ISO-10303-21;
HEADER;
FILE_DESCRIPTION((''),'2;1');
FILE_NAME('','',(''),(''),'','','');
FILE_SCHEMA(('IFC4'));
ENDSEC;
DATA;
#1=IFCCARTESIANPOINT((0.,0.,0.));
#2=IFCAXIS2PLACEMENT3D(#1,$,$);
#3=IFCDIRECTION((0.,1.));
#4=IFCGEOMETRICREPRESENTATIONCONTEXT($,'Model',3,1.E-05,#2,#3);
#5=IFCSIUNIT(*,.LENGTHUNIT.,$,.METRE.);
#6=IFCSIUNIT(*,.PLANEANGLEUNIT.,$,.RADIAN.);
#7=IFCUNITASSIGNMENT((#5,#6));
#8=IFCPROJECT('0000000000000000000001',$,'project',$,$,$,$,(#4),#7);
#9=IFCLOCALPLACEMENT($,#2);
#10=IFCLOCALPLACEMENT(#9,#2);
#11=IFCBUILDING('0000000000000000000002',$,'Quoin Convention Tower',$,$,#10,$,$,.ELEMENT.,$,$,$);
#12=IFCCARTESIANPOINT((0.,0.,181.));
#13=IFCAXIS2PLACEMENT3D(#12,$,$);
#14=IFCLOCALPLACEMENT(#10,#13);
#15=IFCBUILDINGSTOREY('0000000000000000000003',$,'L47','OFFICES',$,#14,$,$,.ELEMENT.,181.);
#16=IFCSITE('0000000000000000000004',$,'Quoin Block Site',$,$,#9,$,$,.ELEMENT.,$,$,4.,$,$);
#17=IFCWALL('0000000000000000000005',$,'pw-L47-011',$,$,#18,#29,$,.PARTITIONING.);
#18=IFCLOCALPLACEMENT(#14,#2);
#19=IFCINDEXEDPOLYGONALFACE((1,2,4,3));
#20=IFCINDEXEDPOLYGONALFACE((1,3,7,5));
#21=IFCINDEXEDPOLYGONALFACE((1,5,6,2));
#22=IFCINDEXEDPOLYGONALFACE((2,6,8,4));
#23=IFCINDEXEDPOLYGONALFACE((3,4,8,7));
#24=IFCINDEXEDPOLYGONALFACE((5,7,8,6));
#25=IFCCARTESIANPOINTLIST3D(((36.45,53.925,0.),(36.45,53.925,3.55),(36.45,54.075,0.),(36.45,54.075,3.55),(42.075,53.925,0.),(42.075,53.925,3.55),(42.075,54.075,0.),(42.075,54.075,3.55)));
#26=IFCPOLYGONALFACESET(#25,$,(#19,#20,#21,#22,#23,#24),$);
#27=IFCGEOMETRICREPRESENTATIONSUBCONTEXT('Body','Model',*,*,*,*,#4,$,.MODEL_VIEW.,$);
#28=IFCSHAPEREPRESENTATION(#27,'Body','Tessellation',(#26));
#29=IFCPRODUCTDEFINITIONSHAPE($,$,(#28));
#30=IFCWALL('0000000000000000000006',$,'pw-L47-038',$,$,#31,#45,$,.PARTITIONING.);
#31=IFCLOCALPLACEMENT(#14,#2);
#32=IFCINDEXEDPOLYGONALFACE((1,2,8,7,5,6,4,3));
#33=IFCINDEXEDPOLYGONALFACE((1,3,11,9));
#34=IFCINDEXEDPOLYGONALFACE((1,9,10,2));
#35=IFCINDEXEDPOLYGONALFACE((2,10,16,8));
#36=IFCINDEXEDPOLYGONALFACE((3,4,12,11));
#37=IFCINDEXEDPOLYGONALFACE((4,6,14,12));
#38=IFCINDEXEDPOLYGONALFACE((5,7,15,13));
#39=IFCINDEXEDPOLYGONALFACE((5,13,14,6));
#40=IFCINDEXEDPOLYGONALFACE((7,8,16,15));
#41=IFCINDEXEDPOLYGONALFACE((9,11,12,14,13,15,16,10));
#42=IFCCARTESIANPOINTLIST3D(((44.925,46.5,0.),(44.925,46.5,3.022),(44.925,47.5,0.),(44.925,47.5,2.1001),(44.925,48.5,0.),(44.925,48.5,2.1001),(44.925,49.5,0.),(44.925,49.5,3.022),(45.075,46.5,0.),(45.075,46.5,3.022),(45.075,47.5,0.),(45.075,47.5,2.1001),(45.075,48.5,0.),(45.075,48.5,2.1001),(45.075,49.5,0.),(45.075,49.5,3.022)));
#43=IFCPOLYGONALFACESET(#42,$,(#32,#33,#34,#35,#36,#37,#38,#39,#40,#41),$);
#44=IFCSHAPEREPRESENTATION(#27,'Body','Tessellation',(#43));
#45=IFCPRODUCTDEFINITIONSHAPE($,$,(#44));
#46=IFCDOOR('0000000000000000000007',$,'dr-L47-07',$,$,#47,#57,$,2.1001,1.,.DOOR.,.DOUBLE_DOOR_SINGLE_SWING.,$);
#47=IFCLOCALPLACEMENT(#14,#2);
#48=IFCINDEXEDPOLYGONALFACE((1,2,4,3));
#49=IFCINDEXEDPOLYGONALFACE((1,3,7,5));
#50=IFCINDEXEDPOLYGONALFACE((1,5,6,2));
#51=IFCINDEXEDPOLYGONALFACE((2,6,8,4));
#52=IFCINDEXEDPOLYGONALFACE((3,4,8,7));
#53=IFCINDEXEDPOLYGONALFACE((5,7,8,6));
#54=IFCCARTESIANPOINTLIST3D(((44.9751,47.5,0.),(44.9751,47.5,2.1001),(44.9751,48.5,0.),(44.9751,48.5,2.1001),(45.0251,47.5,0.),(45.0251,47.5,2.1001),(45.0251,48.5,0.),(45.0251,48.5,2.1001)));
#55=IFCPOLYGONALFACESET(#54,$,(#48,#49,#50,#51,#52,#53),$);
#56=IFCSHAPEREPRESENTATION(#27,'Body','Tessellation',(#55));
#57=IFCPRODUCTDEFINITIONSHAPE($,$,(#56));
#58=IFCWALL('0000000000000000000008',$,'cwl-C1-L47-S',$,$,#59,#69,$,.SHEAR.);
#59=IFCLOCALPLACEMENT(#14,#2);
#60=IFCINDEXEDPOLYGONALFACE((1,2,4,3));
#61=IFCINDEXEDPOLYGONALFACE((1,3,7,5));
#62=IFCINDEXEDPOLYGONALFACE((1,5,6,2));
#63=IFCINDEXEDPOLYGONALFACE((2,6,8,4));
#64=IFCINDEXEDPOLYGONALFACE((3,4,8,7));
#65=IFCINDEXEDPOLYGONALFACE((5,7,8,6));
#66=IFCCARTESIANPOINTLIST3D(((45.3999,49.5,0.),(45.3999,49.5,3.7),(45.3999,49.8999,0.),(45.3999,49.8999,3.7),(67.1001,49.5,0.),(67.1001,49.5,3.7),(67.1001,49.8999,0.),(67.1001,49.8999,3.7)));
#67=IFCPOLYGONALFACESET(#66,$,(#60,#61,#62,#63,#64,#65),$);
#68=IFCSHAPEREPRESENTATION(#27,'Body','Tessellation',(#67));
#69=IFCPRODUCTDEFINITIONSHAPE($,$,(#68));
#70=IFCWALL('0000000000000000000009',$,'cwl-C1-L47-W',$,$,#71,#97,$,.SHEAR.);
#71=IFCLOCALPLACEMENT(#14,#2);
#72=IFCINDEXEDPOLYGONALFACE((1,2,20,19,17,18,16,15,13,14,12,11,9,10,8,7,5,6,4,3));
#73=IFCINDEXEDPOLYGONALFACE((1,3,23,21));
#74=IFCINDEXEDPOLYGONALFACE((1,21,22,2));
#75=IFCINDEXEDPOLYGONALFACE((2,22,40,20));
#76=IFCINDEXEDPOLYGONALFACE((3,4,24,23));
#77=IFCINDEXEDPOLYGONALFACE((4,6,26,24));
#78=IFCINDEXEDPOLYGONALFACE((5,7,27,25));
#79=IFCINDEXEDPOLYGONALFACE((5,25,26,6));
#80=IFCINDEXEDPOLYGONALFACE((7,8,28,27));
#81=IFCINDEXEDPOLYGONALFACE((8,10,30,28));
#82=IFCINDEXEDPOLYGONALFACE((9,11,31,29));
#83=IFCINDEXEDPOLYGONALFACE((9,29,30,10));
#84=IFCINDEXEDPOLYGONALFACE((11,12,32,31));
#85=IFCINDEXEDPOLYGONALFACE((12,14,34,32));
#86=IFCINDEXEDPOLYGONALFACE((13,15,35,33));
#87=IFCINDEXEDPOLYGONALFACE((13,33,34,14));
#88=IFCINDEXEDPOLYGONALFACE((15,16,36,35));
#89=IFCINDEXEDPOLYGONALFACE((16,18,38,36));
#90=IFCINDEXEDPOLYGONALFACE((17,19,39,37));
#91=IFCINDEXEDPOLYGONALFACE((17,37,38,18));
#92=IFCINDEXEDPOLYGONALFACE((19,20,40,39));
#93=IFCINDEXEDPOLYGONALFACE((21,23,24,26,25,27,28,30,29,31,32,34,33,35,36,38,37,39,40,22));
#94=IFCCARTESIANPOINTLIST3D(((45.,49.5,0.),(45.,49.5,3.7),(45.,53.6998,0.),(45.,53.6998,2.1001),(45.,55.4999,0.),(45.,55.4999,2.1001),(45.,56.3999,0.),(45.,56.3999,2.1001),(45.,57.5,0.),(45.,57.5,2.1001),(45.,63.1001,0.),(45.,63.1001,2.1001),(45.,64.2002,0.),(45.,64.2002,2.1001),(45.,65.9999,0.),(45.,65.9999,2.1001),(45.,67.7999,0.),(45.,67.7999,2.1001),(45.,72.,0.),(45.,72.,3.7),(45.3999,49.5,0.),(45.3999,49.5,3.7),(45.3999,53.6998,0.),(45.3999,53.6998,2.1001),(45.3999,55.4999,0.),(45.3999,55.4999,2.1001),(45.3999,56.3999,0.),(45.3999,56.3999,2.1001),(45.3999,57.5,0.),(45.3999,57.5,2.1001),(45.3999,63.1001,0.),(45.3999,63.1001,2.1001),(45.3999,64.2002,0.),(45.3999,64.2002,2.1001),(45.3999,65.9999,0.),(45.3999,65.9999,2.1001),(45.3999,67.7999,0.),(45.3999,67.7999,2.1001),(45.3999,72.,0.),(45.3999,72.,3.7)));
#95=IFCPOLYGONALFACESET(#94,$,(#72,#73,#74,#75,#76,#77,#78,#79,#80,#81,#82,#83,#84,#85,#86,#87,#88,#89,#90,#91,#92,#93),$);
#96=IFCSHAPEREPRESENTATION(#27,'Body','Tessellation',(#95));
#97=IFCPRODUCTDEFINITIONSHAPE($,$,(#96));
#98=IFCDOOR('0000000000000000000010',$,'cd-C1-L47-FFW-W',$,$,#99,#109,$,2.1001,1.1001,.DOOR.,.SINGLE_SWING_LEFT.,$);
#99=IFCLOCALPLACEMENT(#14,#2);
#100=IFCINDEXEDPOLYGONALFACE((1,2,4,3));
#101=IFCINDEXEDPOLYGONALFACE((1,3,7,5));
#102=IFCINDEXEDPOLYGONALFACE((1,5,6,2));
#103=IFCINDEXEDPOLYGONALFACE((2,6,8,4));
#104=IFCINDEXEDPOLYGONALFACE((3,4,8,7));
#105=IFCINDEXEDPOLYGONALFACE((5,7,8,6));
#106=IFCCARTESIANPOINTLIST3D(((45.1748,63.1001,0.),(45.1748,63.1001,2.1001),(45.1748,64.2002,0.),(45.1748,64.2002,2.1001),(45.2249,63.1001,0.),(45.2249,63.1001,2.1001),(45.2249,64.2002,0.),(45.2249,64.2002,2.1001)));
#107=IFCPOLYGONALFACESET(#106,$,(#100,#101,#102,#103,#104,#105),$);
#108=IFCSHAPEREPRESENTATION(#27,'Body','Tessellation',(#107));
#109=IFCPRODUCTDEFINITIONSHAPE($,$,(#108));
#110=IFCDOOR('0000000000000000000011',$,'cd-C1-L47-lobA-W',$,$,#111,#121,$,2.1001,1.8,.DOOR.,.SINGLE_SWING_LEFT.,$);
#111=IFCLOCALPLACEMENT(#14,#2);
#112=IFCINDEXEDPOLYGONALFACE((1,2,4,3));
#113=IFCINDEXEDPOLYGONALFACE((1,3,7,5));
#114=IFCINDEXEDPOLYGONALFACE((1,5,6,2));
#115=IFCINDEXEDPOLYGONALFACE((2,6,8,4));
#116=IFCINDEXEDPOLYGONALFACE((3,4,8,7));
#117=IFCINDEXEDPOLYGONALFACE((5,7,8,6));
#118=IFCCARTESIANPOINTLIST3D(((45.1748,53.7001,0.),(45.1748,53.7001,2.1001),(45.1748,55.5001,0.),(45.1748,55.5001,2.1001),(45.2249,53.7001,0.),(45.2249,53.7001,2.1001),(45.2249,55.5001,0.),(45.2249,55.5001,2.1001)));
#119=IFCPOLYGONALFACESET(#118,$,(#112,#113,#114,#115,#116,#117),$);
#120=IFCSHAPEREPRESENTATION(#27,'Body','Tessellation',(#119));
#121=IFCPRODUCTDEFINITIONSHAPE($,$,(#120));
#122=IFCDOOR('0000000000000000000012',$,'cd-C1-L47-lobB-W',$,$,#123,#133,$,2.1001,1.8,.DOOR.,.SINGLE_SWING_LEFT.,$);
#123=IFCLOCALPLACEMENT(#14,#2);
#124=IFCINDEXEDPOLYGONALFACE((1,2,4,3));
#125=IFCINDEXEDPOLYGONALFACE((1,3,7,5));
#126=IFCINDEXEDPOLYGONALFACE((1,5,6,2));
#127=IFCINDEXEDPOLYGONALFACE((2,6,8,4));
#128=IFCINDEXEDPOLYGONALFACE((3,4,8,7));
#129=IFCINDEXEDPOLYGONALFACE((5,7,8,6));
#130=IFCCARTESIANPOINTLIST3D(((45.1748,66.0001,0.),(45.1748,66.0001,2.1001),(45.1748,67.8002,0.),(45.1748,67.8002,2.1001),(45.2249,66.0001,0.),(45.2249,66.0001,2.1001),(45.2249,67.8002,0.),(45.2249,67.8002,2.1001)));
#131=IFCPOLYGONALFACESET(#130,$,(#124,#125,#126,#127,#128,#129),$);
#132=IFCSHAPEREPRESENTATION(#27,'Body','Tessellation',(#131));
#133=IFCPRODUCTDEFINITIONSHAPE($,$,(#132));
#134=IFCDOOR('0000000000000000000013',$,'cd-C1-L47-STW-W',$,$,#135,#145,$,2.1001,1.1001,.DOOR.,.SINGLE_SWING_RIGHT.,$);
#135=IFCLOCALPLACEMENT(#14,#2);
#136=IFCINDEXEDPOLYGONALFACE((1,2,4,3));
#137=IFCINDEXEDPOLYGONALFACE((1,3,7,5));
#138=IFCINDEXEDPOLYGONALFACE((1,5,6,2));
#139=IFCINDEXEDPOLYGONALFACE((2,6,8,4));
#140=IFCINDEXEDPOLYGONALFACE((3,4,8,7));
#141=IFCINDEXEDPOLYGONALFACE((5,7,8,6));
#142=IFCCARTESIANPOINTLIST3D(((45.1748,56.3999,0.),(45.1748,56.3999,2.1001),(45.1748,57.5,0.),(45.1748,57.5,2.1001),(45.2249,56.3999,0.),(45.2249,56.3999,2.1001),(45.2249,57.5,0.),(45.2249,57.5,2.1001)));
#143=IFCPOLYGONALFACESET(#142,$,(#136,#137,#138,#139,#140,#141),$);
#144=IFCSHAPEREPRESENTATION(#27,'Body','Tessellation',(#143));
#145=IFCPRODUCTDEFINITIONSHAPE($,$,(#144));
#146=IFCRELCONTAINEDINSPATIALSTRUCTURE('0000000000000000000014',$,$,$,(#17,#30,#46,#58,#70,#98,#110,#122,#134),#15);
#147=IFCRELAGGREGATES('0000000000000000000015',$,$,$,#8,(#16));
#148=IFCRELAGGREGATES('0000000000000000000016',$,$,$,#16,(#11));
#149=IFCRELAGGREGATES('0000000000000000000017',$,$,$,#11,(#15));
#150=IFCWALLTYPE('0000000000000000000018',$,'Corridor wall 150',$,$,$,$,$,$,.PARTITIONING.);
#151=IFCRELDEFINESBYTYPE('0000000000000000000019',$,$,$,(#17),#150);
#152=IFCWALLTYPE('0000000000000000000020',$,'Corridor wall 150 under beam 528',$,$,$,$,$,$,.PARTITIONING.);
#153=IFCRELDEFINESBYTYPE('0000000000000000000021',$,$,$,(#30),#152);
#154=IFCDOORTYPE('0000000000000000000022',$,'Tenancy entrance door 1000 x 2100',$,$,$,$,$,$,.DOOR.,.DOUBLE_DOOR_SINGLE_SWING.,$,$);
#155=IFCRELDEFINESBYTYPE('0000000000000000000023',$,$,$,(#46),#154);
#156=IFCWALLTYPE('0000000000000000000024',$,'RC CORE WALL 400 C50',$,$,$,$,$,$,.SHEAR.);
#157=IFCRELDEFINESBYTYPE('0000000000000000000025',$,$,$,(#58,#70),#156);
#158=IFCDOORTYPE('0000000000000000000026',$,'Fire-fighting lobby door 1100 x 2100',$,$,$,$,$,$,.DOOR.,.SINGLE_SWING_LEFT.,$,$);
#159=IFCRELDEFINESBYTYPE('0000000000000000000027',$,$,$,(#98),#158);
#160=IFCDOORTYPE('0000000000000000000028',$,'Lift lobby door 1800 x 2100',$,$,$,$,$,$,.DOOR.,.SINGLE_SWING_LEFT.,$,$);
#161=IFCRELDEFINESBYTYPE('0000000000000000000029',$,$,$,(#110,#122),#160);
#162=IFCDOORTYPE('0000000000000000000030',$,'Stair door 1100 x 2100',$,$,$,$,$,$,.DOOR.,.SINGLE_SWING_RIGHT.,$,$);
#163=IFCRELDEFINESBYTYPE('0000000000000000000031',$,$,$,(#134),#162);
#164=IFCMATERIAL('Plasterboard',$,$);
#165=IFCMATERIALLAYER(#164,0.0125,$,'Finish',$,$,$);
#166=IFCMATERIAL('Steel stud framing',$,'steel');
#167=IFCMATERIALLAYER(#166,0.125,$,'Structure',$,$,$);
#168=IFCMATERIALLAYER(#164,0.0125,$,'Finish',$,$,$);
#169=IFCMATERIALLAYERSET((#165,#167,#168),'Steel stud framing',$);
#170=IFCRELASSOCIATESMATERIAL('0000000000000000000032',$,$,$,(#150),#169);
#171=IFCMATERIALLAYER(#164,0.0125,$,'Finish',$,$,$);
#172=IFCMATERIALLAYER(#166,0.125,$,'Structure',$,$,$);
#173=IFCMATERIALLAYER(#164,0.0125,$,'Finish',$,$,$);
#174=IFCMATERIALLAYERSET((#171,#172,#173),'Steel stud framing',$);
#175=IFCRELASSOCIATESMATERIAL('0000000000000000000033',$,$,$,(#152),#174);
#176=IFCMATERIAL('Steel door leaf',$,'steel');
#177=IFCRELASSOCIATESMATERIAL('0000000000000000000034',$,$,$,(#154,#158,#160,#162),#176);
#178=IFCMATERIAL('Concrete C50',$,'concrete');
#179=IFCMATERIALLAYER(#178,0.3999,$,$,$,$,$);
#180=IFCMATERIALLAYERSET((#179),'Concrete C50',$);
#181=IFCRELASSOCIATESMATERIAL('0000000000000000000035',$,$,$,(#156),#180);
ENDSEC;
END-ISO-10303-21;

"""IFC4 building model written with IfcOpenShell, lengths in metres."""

from ifc_helpers import new_model, si_unit, direction, frame, frame_2d, origin, place, context, subcontext, project, spatial, rectangle, extrude, material, layer, layer_set, type_object, element, fill, save


model = new_model("IFC4")

# Units and contexts
model_context = context("Model", 3, precision=1e-05, world=origin(), true_north=direction((0.0, 1.0)))
body_context = subcontext(model_context, "Body", "Model", "MODEL_VIEW")
ifc_project = project(units=[si_unit("LENGTHUNIT", "METRE"), si_unit("PLANEANGLEUNIT", "RADIAN")], contexts=[model_context])

# Site, building, storey
site_placement = place(None, origin())
site = spatial("IfcSite", under=ifc_project, at=site_placement, Name="Quoin Block Site", CompositionType="ELEMENT", RefElevation=4.0)
building_placement = place(site_placement, origin())
building = spatial("IfcBuilding", under=site, at=building_placement, Name="Quoin Convention Tower", CompositionType="ELEMENT")
storey_placement = place(building_placement, frame((0.0, 0.0, 181.0)))
storey = spatial("IfcBuildingStorey", under=building, at=storey_placement, Name="L47", Description="OFFICES", CompositionType="ELEMENT", Elevation=181.0)

# Shared definitions
ifc_material_1 = material(Name="Plasterboard")
ifc_material_2 = material(Name="Steel stud framing", Category="steel")
ifc_material_3 = material(Name="Steel door leaf", Category="steel")

# Wall
ifc_layer_1 = layer(ifc_material_1, 0.0125, Name="Finish")
ifc_layer_2 = layer(ifc_material_2, 0.125, Name="Structure")
ifc_layer_3 = layer(ifc_material_1, 0.0125, Name="Finish")
ifc_layer_set_1 = layer_set([ifc_layer_1, ifc_layer_2, ifc_layer_3], Name="Steel stud framing")
wall_type_1 = type_object("IfcWallType", Name="Corridor wall 150", PredefinedType="PARTITIONING", material=ifc_layer_set_1)
wall_1_placement = place(storey_placement, frame((36.45, 54.0, 0.0), z_axis=(0.0, 0.0, 1.0), x_axis=(1.0, 0.0, 0.0)))
element("IfcWall", 1, at=wall_1_placement, inside=storey, type_object=wall_type_1, Name="pw-L47-011", PredefinedType="PARTITIONING", context=body_context, shape_type="SweptSolid", body=[
    extrude(rectangle(XDim=5.625, YDim=0.1499, at=frame_2d((2.8125, 0.0))), origin(), (0.0, 0.0, 1.0), 3.55),
])

# Wall, opening, door
ifc_layer_4 = layer(ifc_material_1, 0.0125, Name="Finish")
ifc_layer_5 = layer(ifc_material_2, 0.125, Name="Structure")
ifc_layer_6 = layer(ifc_material_1, 0.0125, Name="Finish")
ifc_layer_set_2 = layer_set([ifc_layer_4, ifc_layer_5, ifc_layer_6], Name="Steel stud framing")
wall_type_2 = type_object("IfcWallType", Name="Corridor wall 150 under beam 528", PredefinedType="PARTITIONING", material=ifc_layer_set_2)
wall_2_placement = place(storey_placement, frame((45.0, 46.5, 0.0), z_axis=(0.0, 0.0, 1.0), x_axis=(0.0, 1.0, 0.0)))
wall_2 = element("IfcWall", 2, at=wall_2_placement, inside=storey, type_object=wall_type_2, Name="pw-L47-038", PredefinedType="PARTITIONING", context=body_context, shape_type="SweptSolid", body=[
    extrude(rectangle(XDim=3.0, YDim=0.1499, at=frame_2d((1.5, 0.0))), origin(), (0.0, 0.0, 1.0), 3.022),
])
opening_1_placement = place(wall_2_placement, frame((1.0, 0.0, 0.0)))
opening_1 = element("IfcOpeningElement", 3, at=opening_1_placement, cuts=wall_2, PredefinedType="OPENING", context=body_context, shape_type="SweptSolid", body=[
    extrude(rectangle(XDim=1.0, YDim=2.1001, at=frame_2d((0.5, 1.05))), frame((0.0, 0.085, 0.0), z_axis=(0.0, -1.0, 0.0), x_axis=(1.0, 0.0, 0.0)), (0.0, 0.0, 1.0), 0.1699),
])
door_type_1 = type_object("IfcDoorType", Name="Tenancy entrance door 1000 x 2100", OperationType="DOUBLE_DOOR_SINGLE_SWING", PredefinedType="DOOR", material=ifc_material_3)
door_1_placement = place(opening_1_placement, origin())
door_1 = element("IfcDoor", 4, at=door_1_placement, inside=storey, type_object=door_type_1, Name="dr-L47-07", OperationType="DOUBLE_DOOR_SINGLE_SWING", OverallHeight=2.1001, OverallWidth=1.0, PredefinedType="DOOR", context=body_context, shape_type="SweptSolid", body=[
    extrude(rectangle(XDim=1.0, YDim=2.1001, at=frame_2d((0.5, 1.05))), frame((0.0, 0.0249, 0.0), z_axis=(0.0, -1.0, 0.0), x_axis=(1.0, 0.0, 0.0)), (0.0, 0.0, 1.0), 0.05),
])
fill(opening_1, door_1)

# Wall
ifc_material_4 = material(Name="Concrete C50", Category="concrete")
ifc_layer_7 = layer(ifc_material_4, 0.3999)
ifc_layer_set_3 = layer_set([ifc_layer_7], Name="Concrete C50")
wall_type_3 = type_object("IfcWallType", Name="RC CORE WALL 400 C50", PredefinedType="SHEAR", material=ifc_layer_set_3)
wall_3_placement = place(storey_placement, frame((45.3999, 49.7, 0.0), z_axis=(0.0, 0.0, 1.0), x_axis=(1.0, 0.0, 0.0)))
element("IfcWall", 5, at=wall_3_placement, inside=storey, type_object=wall_type_3, Name="cwl-C1-L47-S", PredefinedType="SHEAR", context=body_context, shape_type="SweptSolid", body=[
    extrude(rectangle(XDim=21.7002, YDim=0.3999, at=frame_2d((10.8501, 0.0))), origin(), (0.0, 0.0, 1.0), 3.7),
])

# Wall, openings, doors
wall_4_placement = place(storey_placement, frame((45.2, 49.5, 0.0), z_axis=(0.0, 0.0, 1.0), x_axis=(0.0, 1.0, 0.0)))
wall_4 = element("IfcWall", 6, at=wall_4_placement, inside=storey, type_object=wall_type_3, Name="cwl-C1-L47-W", PredefinedType="SHEAR", context=body_context, shape_type="SweptSolid", body=[
    extrude(rectangle(XDim=22.5, YDim=0.3999, at=frame_2d((11.25, 0.0))), origin(), (0.0, 0.0, 1.0), 3.7),
])
opening_2_placement = place(wall_4_placement, frame((4.2, 0.0, 0.0)))
opening_2 = element("IfcOpeningElement", 7, at=opening_2_placement, cuts=wall_4, PredefinedType="OPENING", context=body_context, shape_type="SweptSolid", body=[
    extrude(rectangle(XDim=1.8, YDim=2.1001, at=frame_2d((0.8999, 1.05))), frame((0.0, 0.21, 0.0), z_axis=(0.0, -1.0, 0.0), x_axis=(1.0, 0.0, 0.0)), (0.0, 0.0, 1.0), 0.4199),
])
opening_3_placement = place(wall_4_placement, frame((6.8999, 0.0, 0.0)))
opening_3 = element("IfcOpeningElement", 8, at=opening_3_placement, cuts=wall_4, PredefinedType="OPENING", context=body_context, shape_type="SweptSolid", body=[
    extrude(rectangle(XDim=1.1001, YDim=2.1001, at=frame_2d((0.55, 1.05))), frame((0.0, 0.21, 0.0), z_axis=(0.0, -1.0, 0.0), x_axis=(1.0, 0.0, 0.0)), (0.0, 0.0, 1.0), 0.4199),
])
opening_4_placement = place(wall_4_placement, frame((13.6001, 0.0, 0.0)))
opening_4 = element("IfcOpeningElement", 9, at=opening_4_placement, cuts=wall_4, PredefinedType="OPENING", context=body_context, shape_type="SweptSolid", body=[
    extrude(rectangle(XDim=1.1001, YDim=2.1001, at=frame_2d((0.55, 1.05))), frame((0.0, 0.21, 0.0), z_axis=(0.0, -1.0, 0.0), x_axis=(1.0, 0.0, 0.0)), (0.0, 0.0, 1.0), 0.4199),
])
opening_5_placement = place(wall_4_placement, frame((16.5, 0.0, 0.0)))
opening_5 = element("IfcOpeningElement", 10, at=opening_5_placement, cuts=wall_4, PredefinedType="OPENING", context=body_context, shape_type="SweptSolid", body=[
    extrude(rectangle(XDim=1.8, YDim=2.1001, at=frame_2d((0.8999, 1.05))), frame((0.0, 0.21, 0.0), z_axis=(0.0, -1.0, 0.0), x_axis=(1.0, 0.0, 0.0)), (0.0, 0.0, 1.0), 0.4199),
])
door_type_2 = type_object("IfcDoorType", Name="Fire-fighting lobby door 1100 x 2100", OperationType="SINGLE_SWING_LEFT", PredefinedType="DOOR", material=ifc_material_3)
door_2_placement = place(opening_4_placement, frame((1.1001, 0.0, 0.0), z_axis=(0.0, 0.0, 1.0), x_axis=(-1.0, 0.0, 0.0)))
door_2 = element("IfcDoor", 11, at=door_2_placement, inside=storey, type_object=door_type_2, Name="cd-C1-L47-FFW-W", OperationType="SINGLE_SWING_LEFT", OverallHeight=2.1001, OverallWidth=1.1001, PredefinedType="DOOR", context=body_context, shape_type="SweptSolid", body=[
    extrude(rectangle(XDim=1.1001, YDim=2.1001, at=frame_2d((0.55, 1.05))), frame((0.0, 0.0249, 0.0), z_axis=(0.0, -1.0, 0.0), x_axis=(1.0, 0.0, 0.0)), (0.0, 0.0, 1.0), 0.05),
])
fill(opening_4, door_2)
door_type_3 = type_object("IfcDoorType", Name="Lift lobby door 1800 x 2100", OperationType="SINGLE_SWING_LEFT", PredefinedType="DOOR", material=ifc_material_3)
door_3_placement = place(opening_2_placement, frame((1.8, 0.0, 0.0), z_axis=(0.0, 0.0, 1.0), x_axis=(-1.0, 0.0, 0.0)))
door_3 = element("IfcDoor", 12, at=door_3_placement, inside=storey, type_object=door_type_3, Name="cd-C1-L47-lobA-W", OperationType="SINGLE_SWING_LEFT", OverallHeight=2.1001, OverallWidth=1.8, PredefinedType="DOOR", context=body_context, shape_type="SweptSolid", body=[
    extrude(rectangle(XDim=1.8, YDim=2.1001, at=frame_2d((0.8999, 1.05))), frame((0.0, 0.0249, 0.0), z_axis=(0.0, -1.0, 0.0), x_axis=(1.0, 0.0, 0.0)), (0.0, 0.0, 1.0), 0.05),
])
fill(opening_2, door_3)
door_4_placement = place(opening_5_placement, frame((1.8, 0.0, 0.0), z_axis=(0.0, 0.0, 1.0), x_axis=(-1.0, 0.0, 0.0)))
door_4 = element("IfcDoor", 13, at=door_4_placement, inside=storey, type_object=door_type_3, Name="cd-C1-L47-lobB-W", OperationType="SINGLE_SWING_LEFT", OverallHeight=2.1001, OverallWidth=1.8, PredefinedType="DOOR", context=body_context, shape_type="SweptSolid", body=[
    extrude(rectangle(XDim=1.8, YDim=2.1001, at=frame_2d((0.8999, 1.05))), frame((0.0, 0.0249, 0.0), z_axis=(0.0, -1.0, 0.0), x_axis=(1.0, 0.0, 0.0)), (0.0, 0.0, 1.0), 0.05),
])
fill(opening_5, door_4)
door_type_4 = type_object("IfcDoorType", Name="Stair door 1100 x 2100", OperationType="SINGLE_SWING_RIGHT", PredefinedType="DOOR", material=ifc_material_3)
door_5_placement = place(opening_3_placement, frame((1.1001, 0.0, 0.0), z_axis=(0.0, 0.0, 1.0), x_axis=(-1.0, 0.0, 0.0)))
door_5 = element("IfcDoor", 14, at=door_5_placement, inside=storey, type_object=door_type_4, Name="cd-C1-L47-STW-W", OperationType="SINGLE_SWING_RIGHT", OverallHeight=2.1001, OverallWidth=1.1001, PredefinedType="DOOR", context=body_context, shape_type="SweptSolid", body=[
    extrude(rectangle(XDim=1.1001, YDim=2.1001, at=frame_2d((0.55, 1.05))), frame((0.0, 0.0249, 0.0), z_axis=(0.0, -1.0, 0.0), x_axis=(1.0, 0.0, 0.0)), (0.0, 0.0, 1.0), 0.05),
])
fill(opening_3, door_5)

save(model, "model.ifc")
